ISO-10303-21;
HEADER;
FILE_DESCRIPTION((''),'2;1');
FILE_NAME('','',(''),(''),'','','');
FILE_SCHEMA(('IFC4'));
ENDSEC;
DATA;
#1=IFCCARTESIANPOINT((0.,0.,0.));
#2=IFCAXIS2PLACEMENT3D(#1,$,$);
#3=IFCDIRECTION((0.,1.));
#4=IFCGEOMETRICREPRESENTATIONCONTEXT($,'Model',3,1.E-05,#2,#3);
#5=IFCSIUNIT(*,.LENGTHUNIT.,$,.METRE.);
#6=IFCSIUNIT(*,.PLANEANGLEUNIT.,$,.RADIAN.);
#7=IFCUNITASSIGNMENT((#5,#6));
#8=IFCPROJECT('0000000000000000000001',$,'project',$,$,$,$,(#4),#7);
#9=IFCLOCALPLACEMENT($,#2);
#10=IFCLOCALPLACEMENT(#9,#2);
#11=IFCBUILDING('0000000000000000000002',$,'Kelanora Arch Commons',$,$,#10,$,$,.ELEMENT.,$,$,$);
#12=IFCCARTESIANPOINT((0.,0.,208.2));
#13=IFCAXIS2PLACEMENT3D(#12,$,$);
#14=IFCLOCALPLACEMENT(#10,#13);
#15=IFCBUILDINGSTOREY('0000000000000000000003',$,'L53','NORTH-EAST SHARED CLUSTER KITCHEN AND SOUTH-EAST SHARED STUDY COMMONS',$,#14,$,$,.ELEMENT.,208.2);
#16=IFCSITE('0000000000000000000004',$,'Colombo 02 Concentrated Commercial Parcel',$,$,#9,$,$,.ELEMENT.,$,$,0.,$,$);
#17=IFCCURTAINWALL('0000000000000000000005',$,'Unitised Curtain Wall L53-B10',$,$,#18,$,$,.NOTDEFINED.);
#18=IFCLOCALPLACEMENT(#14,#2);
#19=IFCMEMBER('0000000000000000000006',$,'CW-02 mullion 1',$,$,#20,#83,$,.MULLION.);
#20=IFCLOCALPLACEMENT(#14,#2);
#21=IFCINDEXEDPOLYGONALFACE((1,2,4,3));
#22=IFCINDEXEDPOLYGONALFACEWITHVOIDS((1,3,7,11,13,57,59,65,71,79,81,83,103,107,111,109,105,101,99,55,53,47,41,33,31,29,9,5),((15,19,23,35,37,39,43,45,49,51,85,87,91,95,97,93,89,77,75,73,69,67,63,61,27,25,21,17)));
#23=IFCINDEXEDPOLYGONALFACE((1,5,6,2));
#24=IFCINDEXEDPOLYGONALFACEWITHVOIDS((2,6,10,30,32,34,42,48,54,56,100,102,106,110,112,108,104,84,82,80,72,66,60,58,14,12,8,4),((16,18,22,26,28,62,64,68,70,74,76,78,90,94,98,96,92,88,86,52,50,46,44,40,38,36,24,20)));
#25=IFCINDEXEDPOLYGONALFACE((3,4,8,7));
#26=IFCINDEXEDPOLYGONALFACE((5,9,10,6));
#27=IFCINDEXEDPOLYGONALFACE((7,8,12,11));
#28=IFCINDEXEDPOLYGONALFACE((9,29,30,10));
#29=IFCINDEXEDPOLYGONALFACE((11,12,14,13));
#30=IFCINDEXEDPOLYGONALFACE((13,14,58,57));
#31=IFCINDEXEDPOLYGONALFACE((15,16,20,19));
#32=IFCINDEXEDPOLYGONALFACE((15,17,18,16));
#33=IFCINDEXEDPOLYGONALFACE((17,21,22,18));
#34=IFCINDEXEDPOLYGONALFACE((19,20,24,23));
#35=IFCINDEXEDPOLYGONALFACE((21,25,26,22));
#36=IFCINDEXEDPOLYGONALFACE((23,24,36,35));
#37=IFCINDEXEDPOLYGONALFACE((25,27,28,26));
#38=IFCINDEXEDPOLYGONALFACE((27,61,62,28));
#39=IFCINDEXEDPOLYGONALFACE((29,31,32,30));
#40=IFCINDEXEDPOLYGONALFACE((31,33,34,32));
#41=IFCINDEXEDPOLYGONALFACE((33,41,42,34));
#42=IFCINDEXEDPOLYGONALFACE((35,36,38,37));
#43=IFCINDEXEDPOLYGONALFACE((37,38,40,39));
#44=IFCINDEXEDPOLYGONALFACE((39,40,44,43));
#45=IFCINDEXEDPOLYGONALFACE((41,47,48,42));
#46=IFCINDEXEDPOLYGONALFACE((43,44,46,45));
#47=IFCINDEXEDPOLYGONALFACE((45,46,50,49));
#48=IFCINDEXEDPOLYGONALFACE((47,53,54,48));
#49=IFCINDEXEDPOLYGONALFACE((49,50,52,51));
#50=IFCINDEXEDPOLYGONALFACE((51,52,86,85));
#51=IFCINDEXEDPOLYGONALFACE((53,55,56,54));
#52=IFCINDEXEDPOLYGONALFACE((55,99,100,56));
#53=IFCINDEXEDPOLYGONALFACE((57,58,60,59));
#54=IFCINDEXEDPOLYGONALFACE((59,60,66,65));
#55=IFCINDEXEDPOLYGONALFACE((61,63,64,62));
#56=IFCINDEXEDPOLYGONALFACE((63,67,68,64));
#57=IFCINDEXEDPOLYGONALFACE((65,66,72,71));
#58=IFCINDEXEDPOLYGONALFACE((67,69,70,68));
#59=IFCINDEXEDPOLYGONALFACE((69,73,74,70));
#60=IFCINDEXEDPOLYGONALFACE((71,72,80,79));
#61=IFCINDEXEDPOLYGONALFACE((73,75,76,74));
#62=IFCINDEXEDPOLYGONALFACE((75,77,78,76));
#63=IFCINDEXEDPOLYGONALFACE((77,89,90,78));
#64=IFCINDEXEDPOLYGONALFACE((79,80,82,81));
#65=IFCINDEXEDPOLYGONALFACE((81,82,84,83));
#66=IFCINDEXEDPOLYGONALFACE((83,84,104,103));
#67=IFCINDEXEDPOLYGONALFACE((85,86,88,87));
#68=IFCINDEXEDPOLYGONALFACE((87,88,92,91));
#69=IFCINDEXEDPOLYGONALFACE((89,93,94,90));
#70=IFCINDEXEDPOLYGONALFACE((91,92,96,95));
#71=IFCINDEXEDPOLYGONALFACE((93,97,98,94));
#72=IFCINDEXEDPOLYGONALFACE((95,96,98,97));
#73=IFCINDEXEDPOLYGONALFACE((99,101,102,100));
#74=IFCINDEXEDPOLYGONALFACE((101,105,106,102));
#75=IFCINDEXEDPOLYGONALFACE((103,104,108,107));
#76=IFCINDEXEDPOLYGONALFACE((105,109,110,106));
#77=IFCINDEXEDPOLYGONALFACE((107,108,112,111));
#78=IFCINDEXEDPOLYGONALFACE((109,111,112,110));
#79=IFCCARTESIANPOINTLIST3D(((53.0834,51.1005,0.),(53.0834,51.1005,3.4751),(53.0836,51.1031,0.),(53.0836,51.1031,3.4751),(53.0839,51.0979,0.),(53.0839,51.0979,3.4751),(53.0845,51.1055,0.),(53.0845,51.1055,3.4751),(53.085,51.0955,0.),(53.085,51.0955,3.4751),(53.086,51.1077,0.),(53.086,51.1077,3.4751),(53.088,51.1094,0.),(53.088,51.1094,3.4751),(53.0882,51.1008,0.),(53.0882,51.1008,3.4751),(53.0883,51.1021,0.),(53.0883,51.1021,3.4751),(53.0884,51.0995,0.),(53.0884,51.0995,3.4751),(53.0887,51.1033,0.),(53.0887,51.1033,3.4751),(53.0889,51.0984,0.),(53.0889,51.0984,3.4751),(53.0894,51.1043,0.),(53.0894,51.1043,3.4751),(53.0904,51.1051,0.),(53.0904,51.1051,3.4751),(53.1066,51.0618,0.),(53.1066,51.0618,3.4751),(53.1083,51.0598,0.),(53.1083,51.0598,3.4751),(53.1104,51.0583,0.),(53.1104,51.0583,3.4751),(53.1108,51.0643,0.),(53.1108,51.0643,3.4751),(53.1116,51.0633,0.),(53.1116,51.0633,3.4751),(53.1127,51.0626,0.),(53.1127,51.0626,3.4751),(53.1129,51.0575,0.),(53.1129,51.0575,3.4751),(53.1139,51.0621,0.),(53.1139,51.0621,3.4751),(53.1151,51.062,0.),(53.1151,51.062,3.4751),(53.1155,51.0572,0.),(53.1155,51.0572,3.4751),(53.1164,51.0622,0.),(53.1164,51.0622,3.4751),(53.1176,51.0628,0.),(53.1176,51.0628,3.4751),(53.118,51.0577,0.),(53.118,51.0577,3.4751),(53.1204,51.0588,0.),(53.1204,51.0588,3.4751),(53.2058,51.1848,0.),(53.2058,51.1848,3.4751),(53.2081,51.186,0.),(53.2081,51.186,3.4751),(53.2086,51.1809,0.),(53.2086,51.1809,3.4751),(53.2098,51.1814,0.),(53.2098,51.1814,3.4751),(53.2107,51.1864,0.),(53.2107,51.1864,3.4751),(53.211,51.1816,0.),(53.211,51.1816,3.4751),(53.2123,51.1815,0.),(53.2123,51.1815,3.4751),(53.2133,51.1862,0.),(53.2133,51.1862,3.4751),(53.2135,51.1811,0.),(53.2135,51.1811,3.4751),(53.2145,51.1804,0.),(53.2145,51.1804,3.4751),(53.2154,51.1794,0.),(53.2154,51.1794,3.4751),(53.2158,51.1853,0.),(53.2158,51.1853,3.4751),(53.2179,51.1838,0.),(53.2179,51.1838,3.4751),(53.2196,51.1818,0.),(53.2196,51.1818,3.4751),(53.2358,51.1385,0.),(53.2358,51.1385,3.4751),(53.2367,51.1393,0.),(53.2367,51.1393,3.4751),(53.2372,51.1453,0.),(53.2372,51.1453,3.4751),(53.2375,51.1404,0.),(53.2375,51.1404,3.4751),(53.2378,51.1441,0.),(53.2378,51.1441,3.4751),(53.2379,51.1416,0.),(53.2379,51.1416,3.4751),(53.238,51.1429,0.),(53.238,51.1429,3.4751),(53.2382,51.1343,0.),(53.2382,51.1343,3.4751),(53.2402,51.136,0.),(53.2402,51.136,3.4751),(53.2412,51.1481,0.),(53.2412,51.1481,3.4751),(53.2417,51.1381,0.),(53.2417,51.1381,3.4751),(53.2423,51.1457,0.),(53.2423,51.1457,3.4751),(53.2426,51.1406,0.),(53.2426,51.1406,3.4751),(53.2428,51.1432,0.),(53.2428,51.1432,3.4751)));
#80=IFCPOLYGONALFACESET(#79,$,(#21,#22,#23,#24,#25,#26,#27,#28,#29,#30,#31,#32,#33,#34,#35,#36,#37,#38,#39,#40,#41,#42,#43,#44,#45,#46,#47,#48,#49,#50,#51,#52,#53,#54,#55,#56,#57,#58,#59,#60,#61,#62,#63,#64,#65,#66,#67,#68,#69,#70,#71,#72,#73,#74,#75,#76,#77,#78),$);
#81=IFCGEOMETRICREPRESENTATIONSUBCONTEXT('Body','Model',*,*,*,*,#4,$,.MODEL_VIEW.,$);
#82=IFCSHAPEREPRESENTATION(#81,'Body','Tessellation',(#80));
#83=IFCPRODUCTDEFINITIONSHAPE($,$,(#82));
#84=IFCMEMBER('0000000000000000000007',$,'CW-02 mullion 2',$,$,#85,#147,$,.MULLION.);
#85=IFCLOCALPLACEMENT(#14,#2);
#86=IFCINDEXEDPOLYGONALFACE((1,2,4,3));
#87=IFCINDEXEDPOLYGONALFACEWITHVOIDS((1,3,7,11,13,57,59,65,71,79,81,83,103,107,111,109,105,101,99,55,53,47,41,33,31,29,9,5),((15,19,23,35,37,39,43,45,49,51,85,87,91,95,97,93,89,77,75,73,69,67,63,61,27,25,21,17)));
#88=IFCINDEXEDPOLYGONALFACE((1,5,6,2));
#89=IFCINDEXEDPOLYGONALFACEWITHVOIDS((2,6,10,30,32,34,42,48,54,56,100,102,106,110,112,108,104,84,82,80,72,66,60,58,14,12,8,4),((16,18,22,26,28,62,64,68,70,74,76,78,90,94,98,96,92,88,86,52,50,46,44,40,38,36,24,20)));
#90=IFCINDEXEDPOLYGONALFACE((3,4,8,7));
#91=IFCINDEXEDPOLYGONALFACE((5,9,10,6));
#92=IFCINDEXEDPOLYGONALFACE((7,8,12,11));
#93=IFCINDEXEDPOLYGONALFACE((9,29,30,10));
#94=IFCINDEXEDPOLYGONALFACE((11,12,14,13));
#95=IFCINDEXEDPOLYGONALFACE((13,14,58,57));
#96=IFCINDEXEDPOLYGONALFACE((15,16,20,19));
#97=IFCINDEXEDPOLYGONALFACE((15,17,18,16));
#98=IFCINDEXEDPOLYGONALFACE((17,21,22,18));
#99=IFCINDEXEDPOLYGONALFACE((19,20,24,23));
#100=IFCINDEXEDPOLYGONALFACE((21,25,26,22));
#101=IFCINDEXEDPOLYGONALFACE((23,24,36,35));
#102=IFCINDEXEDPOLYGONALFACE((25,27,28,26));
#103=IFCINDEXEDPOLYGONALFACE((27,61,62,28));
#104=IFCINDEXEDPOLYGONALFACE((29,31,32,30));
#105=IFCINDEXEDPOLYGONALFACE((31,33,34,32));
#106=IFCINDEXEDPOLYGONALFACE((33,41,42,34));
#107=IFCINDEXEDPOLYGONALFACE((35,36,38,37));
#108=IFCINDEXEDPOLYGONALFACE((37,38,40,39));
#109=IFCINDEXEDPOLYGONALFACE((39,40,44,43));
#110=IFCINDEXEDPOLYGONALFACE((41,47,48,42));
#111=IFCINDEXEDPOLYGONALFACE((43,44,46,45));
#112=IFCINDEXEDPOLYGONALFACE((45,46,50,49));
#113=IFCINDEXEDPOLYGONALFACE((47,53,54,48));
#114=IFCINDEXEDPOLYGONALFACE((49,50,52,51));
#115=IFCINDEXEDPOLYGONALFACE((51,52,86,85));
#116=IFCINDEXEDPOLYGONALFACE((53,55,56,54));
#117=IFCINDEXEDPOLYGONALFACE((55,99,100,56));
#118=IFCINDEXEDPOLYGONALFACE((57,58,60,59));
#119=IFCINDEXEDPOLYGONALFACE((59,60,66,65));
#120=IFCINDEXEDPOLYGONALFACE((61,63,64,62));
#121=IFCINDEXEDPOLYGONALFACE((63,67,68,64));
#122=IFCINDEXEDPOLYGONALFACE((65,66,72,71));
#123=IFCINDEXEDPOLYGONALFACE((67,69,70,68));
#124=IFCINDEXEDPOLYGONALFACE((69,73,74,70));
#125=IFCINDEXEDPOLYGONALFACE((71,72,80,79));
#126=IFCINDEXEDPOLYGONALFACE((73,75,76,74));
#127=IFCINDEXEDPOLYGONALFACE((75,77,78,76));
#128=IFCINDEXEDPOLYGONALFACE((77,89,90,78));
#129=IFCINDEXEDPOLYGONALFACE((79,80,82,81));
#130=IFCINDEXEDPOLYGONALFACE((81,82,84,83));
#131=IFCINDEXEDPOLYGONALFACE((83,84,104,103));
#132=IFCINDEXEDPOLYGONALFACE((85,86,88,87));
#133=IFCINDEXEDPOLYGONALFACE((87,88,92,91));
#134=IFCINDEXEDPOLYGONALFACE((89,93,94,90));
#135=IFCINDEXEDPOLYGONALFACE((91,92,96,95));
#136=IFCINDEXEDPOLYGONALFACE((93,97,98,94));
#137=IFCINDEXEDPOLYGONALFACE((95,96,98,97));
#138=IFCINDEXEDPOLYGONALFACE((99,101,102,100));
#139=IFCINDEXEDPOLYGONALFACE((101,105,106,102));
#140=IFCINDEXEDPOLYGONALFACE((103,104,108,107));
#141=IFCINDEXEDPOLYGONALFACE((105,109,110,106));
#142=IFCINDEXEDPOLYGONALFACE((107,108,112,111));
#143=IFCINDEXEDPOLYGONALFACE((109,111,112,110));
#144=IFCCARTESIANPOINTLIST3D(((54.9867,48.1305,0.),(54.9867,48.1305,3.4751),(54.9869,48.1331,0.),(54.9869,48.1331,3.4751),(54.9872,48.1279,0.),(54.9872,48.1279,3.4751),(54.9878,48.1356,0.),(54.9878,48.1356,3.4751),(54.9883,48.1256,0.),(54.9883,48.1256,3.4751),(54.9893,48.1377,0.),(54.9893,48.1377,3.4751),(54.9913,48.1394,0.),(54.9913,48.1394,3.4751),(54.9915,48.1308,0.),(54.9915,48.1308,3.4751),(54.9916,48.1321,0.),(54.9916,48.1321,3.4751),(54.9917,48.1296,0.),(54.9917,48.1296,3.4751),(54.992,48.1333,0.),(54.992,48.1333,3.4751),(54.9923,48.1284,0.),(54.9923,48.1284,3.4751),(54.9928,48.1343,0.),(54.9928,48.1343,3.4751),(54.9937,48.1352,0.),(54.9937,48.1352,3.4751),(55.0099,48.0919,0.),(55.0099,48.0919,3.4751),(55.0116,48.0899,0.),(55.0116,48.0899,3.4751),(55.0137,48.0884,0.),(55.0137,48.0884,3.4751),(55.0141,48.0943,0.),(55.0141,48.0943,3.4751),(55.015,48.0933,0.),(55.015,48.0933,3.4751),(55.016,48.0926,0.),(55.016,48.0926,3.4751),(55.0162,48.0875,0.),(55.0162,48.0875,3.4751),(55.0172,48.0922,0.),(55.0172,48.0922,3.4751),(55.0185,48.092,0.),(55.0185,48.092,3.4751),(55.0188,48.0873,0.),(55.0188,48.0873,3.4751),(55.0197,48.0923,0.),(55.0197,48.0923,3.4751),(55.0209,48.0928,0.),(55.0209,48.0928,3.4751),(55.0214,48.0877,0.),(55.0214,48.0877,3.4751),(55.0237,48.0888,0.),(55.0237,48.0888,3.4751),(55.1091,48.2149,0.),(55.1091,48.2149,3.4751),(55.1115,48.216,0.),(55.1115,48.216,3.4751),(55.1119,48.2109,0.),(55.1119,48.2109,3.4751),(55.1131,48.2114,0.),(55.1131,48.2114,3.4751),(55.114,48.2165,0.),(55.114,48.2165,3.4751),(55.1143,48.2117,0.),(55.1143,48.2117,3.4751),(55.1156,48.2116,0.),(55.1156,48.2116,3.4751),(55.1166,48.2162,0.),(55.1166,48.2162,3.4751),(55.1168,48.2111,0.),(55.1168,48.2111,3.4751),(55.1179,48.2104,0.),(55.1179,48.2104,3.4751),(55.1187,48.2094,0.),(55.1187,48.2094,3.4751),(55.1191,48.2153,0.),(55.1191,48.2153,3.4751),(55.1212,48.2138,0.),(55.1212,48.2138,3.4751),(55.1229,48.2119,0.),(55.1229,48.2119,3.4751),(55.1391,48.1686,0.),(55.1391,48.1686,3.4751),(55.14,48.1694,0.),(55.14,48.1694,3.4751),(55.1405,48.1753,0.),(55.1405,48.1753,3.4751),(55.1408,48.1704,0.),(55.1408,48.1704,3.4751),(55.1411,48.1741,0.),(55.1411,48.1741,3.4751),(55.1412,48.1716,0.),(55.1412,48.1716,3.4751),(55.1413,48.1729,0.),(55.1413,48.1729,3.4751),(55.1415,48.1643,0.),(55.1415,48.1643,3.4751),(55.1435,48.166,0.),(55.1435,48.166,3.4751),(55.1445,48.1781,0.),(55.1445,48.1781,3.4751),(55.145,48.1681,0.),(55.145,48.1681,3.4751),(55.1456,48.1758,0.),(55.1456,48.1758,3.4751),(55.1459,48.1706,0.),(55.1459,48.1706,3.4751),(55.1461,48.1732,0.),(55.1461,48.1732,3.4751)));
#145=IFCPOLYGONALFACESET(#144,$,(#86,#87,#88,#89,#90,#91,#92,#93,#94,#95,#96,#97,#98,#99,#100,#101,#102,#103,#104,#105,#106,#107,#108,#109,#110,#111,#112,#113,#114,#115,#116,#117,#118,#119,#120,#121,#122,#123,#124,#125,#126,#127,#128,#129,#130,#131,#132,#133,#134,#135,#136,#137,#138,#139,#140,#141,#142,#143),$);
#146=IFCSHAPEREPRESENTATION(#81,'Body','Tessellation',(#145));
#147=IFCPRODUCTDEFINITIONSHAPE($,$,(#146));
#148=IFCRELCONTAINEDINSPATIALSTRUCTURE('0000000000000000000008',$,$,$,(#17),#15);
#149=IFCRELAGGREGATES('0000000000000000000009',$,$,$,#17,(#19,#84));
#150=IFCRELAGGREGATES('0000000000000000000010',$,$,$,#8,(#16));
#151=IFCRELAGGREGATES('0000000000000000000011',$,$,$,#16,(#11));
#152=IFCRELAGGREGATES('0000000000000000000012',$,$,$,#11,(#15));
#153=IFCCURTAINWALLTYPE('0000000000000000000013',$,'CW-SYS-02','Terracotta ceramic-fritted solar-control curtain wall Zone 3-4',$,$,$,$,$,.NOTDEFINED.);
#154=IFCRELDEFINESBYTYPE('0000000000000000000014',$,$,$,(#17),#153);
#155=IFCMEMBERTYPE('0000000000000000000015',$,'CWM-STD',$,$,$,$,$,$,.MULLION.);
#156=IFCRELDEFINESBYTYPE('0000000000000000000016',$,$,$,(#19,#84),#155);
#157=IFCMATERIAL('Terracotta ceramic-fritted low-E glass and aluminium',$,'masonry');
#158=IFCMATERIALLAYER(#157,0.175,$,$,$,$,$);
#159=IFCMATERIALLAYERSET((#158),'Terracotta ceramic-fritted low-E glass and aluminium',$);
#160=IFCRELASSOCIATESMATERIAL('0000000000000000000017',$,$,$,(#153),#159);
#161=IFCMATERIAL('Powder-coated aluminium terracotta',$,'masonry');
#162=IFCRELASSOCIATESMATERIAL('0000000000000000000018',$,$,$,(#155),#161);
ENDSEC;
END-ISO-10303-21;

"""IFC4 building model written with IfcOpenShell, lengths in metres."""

from ifc_helpers import new_model, si_unit, direction, frame, origin, origin_2d, place, context, subcontext, project, spatial, hollow_rectangle, extrude, material, layer, layer_set, material_profile, profile_set, type_object, element, aggregate, save


model = new_model("IFC4")

# Units and contexts
model_context = context("Model", 3, precision=1e-05, world=origin(), true_north=direction((0.0, 1.0)))
body_context = subcontext(model_context, "Body", "Model", "MODEL_VIEW")
ifc_project = project(units=[si_unit("LENGTHUNIT", "METRE"), si_unit("PLANEANGLEUNIT", "RADIAN")], contexts=[model_context])

# Site, building, storey
site_placement = place(None, origin())
site = spatial("IfcSite", under=ifc_project, at=site_placement, Name="Colombo 02 Concentrated Commercial Parcel", CompositionType="ELEMENT", RefElevation=0.0)
building_placement = place(site_placement, origin())
building = spatial("IfcBuilding", under=site, at=building_placement, Name="Kelanora Arch Commons", CompositionType="ELEMENT")
storey_placement = place(building_placement, frame((0.0, 0.0, 208.2)))
storey = spatial("IfcBuildingStorey", under=building, at=storey_placement, Name="L53", Description="NORTH-EAST SHARED CLUSTER KITCHEN AND SOUTH-EAST SHARED STUDY COMMONS", CompositionType="ELEMENT", Elevation=208.2)

# Curtain wall, members
ifc_material_1 = material(Name="Terracotta ceramic-fritted low-E glass and aluminium", Category="masonry")
ifc_layer_1 = layer(ifc_material_1, 0.175)
ifc_layer_set_1 = layer_set([ifc_layer_1], Name="Terracotta ceramic-fritted low-E glass and aluminium")
curtain_wall_type = type_object("IfcCurtainWallType", Name="CW-SYS-02", Description="Terracotta ceramic-fritted solar-control curtain wall Zone 3-4", PredefinedType="NOTDEFINED", material=ifc_layer_set_1)
curtain_wall_placement = place(storey_placement, origin())
curtain_wall = element("IfcCurtainWall", 1, at=curtain_wall_placement, inside=storey, type_object=curtain_wall_type, Name="Unitised Curtain Wall L53-B10", PredefinedType="NOTDEFINED")
ifc_material_2 = material(Name="Powder-coated aluminium terracotta", Category="masonry")
ifc_material_profile_1 = material_profile(ifc_material_2, hollow_rectangle(XDim=0.1599, YDim=0.0601, WallThickness=0.0049, InnerFilletRadius=0.0049, OuterFilletRadius=0.01, at=origin_2d()), Name="CWM160x60")
ifc_profile_set_1 = profile_set([ifc_material_profile_1], Name="Powder-coated aluminium terracotta")
member_type_1 = type_object("IfcMemberType", Name="CWM-STD", PredefinedType="MULLION", material=ifc_profile_set_1)
member_1_placement = place(storey_placement, frame((53.1631, 51.1218, 0.0), z_axis=(0.0, 0.0, 1.0), x_axis=(0.841948, 0.539559, 0.0)))
member_1 = element("IfcMember", 2, at=member_1_placement, type_object=member_type_1, Name="CW-02 mullion 1", PredefinedType="MULLION", context=body_context, shape_type="SweptSolid", body=[
    extrude(hollow_rectangle(XDim=0.1599, YDim=0.0601, WallThickness=0.0049, InnerFilletRadius=0.0049, OuterFilletRadius=0.01, at=origin_2d()), origin(), (0.0, 0.0, 1.0), 3.4751),
])
member_2_placement = place(storey_placement, frame((55.0664, 48.1519, 0.0), z_axis=(0.0, 0.0, 1.0), x_axis=(0.841948, 0.539559, 0.0)))
member_2 = element("IfcMember", 3, at=member_2_placement, type_object=member_type_1, Name="CW-02 mullion 2", PredefinedType="MULLION", context=body_context, shape_type="SweptSolid", body=[
    extrude(hollow_rectangle(XDim=0.1599, YDim=0.0601, WallThickness=0.0049, InnerFilletRadius=0.0049, OuterFilletRadius=0.01, at=origin_2d()), origin(), (0.0, 0.0, 1.0), 3.4751),
])

aggregate(curtain_wall, [member_1, member_2])

save(model, "model.ifc")
